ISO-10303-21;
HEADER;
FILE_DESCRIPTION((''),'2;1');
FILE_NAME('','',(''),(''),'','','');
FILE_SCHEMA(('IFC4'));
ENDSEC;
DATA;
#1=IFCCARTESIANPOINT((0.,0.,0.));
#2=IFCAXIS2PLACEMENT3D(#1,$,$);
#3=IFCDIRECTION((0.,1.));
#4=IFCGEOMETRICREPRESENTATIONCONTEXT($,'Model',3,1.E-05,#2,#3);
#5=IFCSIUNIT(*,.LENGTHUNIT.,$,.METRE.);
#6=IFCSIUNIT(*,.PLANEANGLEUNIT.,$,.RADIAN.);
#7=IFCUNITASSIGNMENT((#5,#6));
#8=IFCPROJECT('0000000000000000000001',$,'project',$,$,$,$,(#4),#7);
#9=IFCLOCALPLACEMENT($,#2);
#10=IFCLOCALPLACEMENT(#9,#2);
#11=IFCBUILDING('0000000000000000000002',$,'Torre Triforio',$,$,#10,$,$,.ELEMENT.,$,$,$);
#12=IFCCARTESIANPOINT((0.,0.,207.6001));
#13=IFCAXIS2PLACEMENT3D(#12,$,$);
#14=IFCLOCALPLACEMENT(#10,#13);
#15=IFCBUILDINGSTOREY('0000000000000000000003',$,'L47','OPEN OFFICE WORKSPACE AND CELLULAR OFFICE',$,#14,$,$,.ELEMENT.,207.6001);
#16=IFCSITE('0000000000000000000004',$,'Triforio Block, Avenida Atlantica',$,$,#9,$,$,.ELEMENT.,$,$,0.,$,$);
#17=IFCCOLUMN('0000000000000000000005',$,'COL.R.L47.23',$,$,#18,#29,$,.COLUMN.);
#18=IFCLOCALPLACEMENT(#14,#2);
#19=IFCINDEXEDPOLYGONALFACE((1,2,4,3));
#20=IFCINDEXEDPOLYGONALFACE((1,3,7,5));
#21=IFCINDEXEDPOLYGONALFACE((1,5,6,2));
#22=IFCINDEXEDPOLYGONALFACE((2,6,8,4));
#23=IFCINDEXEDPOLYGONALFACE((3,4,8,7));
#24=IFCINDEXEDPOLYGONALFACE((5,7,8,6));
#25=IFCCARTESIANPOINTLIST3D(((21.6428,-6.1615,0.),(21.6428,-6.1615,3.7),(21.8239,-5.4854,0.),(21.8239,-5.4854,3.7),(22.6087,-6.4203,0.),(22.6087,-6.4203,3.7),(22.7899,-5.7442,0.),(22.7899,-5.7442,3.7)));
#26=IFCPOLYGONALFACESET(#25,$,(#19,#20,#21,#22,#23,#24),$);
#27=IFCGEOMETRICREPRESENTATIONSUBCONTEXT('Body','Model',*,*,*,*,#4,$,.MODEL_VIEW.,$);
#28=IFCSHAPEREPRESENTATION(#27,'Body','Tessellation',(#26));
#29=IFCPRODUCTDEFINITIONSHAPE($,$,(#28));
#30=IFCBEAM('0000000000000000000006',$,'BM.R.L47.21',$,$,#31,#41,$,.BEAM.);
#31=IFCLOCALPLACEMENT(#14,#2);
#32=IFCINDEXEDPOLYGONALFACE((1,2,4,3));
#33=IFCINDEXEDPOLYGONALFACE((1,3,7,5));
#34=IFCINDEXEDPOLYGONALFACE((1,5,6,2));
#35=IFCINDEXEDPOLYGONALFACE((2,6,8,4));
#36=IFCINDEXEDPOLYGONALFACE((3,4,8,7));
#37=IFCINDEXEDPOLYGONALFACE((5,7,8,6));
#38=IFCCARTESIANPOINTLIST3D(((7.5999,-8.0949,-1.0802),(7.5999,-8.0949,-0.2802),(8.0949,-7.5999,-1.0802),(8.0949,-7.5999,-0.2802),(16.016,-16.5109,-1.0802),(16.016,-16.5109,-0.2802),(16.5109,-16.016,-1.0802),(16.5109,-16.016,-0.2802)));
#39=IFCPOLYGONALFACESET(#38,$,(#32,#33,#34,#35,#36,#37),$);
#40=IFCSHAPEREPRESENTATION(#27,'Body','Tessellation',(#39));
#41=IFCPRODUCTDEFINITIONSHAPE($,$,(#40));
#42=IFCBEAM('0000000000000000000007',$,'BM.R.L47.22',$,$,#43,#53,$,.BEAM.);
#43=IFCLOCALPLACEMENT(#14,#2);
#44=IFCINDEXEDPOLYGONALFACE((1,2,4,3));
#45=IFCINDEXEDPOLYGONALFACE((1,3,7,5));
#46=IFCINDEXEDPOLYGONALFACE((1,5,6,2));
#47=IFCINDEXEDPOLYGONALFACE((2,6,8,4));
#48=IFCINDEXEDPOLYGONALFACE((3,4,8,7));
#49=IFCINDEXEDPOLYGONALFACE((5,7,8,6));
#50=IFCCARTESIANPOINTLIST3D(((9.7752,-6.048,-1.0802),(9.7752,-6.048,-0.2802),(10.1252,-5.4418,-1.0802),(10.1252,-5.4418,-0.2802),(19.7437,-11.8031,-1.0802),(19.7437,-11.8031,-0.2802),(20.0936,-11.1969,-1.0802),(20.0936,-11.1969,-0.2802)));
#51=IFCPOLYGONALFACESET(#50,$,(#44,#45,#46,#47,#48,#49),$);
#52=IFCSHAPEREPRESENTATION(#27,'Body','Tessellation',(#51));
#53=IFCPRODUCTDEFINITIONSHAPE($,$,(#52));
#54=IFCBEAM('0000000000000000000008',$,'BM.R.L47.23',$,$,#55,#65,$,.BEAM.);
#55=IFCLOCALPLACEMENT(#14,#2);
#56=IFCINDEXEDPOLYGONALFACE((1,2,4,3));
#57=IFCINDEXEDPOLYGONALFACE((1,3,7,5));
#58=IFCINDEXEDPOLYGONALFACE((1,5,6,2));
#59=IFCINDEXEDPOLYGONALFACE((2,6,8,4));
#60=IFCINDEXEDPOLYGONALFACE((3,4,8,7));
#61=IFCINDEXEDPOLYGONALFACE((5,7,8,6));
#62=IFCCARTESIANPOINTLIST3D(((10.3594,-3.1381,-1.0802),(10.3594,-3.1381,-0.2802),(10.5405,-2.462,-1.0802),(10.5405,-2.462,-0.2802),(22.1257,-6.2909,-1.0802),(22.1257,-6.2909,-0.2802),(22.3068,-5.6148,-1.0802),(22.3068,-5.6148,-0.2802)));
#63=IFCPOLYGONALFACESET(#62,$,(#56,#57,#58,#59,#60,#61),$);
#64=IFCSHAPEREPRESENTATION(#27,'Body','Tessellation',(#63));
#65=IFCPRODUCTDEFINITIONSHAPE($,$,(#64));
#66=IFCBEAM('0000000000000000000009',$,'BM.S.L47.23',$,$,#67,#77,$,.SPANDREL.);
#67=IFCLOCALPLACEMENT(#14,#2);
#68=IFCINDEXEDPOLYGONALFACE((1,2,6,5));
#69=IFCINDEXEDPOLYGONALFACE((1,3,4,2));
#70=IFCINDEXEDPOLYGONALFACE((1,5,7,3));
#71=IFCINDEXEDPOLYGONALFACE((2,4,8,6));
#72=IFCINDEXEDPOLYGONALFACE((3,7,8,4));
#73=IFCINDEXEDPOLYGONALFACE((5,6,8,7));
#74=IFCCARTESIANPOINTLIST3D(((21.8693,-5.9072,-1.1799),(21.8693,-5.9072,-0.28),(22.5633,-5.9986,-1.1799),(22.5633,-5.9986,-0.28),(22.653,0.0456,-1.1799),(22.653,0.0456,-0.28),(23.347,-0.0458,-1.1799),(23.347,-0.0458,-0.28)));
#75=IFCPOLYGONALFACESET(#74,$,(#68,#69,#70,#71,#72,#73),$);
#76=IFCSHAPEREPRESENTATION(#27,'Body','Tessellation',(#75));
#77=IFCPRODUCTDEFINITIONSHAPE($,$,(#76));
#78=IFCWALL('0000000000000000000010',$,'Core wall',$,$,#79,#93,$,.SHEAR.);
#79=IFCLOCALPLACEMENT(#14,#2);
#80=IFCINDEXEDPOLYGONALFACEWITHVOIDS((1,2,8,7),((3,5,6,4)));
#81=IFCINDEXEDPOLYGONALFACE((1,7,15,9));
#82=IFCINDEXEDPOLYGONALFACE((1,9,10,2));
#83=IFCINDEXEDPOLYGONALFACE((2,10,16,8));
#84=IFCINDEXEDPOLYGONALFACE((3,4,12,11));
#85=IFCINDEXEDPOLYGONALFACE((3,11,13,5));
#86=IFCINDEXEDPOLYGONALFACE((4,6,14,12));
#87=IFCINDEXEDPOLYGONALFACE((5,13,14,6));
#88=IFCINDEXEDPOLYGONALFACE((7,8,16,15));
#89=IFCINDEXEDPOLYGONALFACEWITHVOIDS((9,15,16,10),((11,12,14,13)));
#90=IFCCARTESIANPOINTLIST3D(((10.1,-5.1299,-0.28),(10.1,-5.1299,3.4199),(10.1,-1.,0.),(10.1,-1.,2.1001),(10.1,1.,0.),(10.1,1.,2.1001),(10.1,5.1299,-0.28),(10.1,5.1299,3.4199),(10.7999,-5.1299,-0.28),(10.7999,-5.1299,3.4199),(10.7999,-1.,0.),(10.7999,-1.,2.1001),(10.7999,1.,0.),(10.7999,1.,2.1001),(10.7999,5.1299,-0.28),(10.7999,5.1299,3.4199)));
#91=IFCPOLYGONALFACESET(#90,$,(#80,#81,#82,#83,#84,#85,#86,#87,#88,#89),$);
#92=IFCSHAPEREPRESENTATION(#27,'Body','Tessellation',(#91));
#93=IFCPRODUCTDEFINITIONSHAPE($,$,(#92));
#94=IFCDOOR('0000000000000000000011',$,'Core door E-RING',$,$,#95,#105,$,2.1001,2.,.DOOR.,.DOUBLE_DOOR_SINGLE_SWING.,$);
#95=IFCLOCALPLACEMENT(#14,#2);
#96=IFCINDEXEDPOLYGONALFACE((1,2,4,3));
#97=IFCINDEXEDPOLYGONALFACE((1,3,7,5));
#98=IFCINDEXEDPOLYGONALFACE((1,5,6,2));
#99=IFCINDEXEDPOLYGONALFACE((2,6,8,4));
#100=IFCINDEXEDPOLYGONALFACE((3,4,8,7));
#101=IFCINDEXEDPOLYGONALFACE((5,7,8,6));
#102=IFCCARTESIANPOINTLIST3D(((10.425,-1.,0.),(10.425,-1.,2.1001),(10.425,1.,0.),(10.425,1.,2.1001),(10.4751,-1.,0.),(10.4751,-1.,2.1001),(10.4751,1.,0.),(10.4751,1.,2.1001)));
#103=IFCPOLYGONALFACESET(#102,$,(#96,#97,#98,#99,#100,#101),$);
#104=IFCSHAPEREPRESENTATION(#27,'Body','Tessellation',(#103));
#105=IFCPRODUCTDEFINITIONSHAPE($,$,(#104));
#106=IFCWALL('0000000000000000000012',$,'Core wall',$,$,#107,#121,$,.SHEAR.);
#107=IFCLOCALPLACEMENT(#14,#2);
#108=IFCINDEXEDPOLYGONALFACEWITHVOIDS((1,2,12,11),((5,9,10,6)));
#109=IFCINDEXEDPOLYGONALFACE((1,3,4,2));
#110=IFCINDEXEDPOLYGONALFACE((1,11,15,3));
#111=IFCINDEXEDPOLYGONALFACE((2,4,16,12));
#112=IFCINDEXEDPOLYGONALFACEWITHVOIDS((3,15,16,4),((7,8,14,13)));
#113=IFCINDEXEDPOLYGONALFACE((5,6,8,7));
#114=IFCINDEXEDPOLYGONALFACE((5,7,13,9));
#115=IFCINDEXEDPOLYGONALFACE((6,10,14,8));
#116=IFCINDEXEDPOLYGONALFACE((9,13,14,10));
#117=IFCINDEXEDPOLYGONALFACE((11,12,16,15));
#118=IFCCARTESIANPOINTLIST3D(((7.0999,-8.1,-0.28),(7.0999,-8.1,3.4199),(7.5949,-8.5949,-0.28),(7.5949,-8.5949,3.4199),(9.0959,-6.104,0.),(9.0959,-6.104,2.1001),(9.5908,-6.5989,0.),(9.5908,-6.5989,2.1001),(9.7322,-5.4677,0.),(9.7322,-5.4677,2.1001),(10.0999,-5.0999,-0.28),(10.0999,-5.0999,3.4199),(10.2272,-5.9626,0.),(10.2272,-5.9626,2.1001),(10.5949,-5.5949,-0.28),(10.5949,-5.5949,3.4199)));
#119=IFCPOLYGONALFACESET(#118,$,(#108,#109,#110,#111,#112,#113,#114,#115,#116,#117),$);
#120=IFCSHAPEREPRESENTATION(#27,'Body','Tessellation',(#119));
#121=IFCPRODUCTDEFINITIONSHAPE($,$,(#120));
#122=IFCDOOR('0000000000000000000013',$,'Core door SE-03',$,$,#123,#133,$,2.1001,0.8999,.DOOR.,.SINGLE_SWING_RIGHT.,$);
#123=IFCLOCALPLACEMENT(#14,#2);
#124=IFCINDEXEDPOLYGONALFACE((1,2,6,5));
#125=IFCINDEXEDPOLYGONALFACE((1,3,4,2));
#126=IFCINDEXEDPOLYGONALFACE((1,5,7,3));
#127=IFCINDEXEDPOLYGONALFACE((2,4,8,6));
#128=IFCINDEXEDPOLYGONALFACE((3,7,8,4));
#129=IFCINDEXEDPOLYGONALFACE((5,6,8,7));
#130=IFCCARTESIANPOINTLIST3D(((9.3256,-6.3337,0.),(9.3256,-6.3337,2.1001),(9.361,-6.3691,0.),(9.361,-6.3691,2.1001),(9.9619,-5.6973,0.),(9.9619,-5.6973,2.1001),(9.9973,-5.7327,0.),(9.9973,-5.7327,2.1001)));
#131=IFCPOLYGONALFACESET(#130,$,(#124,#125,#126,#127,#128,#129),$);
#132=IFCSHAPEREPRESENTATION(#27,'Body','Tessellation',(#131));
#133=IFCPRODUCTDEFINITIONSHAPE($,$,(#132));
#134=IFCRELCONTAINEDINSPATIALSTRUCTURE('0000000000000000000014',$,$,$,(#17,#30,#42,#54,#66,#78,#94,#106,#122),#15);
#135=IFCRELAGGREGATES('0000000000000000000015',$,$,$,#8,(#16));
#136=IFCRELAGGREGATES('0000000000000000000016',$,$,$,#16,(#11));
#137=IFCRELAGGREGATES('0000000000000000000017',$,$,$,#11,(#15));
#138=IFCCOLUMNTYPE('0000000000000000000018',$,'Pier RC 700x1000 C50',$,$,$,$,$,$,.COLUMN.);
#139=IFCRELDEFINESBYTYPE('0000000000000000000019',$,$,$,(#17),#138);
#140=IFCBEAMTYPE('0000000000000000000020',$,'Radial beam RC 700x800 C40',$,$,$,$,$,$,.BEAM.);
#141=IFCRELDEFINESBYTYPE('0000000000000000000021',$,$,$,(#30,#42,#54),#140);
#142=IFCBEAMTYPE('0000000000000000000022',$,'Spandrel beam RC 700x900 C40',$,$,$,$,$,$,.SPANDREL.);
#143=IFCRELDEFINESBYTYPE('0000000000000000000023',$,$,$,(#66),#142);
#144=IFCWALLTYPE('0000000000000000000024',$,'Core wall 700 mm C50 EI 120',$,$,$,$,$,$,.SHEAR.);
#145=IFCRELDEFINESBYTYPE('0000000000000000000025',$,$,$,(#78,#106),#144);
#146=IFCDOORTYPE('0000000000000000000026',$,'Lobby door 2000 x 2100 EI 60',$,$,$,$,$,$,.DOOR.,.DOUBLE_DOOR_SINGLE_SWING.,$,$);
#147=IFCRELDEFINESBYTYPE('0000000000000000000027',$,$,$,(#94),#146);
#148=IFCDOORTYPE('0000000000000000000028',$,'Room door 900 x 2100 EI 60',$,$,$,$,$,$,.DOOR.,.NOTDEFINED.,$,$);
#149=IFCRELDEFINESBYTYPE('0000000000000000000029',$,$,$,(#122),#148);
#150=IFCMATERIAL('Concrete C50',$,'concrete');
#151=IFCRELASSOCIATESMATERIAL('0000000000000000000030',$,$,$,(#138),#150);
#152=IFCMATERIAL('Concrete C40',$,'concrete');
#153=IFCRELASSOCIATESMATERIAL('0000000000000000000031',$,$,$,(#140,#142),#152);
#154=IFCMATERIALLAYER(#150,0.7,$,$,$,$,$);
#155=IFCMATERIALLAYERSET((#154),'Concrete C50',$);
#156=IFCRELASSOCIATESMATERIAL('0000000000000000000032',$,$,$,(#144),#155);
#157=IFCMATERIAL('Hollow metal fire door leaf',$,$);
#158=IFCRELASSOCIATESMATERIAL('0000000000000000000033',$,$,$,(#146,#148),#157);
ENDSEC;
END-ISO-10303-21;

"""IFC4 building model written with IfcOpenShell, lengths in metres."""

from ifc_helpers import new_model, si_unit, direction, frame, frame_2d, origin, origin_2d, place, context, subcontext, project, spatial, rectangle, extrude, material, layer, layer_set, material_profile, profile_set, type_object, element, fill, save


model = new_model("IFC4")

# Units and contexts
model_context = context("Model", 3, precision=1e-05, world=origin(), true_north=direction((0.0, 1.0)))
body_context = subcontext(model_context, "Body", "Model", "MODEL_VIEW")
ifc_project = project(units=[si_unit("LENGTHUNIT", "METRE"), si_unit("PLANEANGLEUNIT", "RADIAN")], contexts=[model_context])

# Site, building, storey
site_placement = place(None, origin())
site = spatial("IfcSite", under=ifc_project, at=site_placement, Name="Triforio Block, Avenida Atlantica", CompositionType="ELEMENT", RefElevation=0.0)
building_placement = place(site_placement, origin())
building = spatial("IfcBuilding", under=site, at=building_placement, Name="Torre Triforio", CompositionType="ELEMENT")
storey_placement = place(building_placement, frame((0.0, 0.0, 207.6001)))
storey = spatial("IfcBuildingStorey", under=building, at=storey_placement, Name="L47", Description="OPEN OFFICE WORKSPACE AND CELLULAR OFFICE", CompositionType="ELEMENT", Elevation=207.6001)

# Column
ifc_material_1 = material(Name="Concrete C50", Category="concrete")
ifc_material_profile_1 = material_profile(ifc_material_1, rectangle(XDim=0.7, YDim=1.0, at=origin_2d()), Name="RC 700x1000")
ifc_profile_set_1 = profile_set([ifc_material_profile_1], Name="Concrete C50")
column_type = type_object("IfcColumnType", Name="Pier RC 700x1000 C50", PredefinedType="COLUMN", material=ifc_profile_set_1)
column_placement = place(storey_placement, frame((22.2163, -5.9529, 0.0), z_axis=(0.0, 0.0, 1.0), x_axis=(0.258819, 0.965926, 0.0)))
element("IfcColumn", 1, at=column_placement, inside=storey, type_object=column_type, Name="COL.R.L47.23", PredefinedType="COLUMN", context=body_context, shape_type="SweptSolid", body=[
    extrude(rectangle(XDim=0.7, YDim=1.0, at=origin_2d()), origin(), (0.0, 0.0, 1.0), 3.7),
])

# Beams
ifc_material_2 = material(Name="Concrete C40", Category="concrete")
ifc_material_profile_2 = material_profile(ifc_material_2, rectangle(XDim=0.7, YDim=0.8, at=origin_2d()), Name="RC 700x800")
ifc_profile_set_2 = profile_set([ifc_material_profile_2], Name="Concrete C40")
beam_type_1 = type_object("IfcBeamType", Name="Radial beam RC 700x800 C40", PredefinedType="BEAM", material=ifc_profile_set_2)
beam_1_placement = place(storey_placement, frame((7.8474, -7.8474, -0.6802), z_axis=(0.707107, -0.707107, 0.0), x_axis=(0.707107, 0.707107, 0.0)))
element("IfcBeam", 2, at=beam_1_placement, inside=storey, type_object=beam_type_1, Name="BM.R.L47.21", PredefinedType="BEAM", context=body_context, shape_type="SweptSolid", body=[
    extrude(rectangle(XDim=0.7, YDim=0.8, at=origin_2d()), origin(), (0.0, 0.0, 1.0), 11.9021),
])
beam_2_placement = place(storey_placement, frame((9.9502, -5.7449, -0.6802), z_axis=(0.866033, -0.499987, 0.0), x_axis=(0.499987, 0.866033, 0.0)))
element("IfcBeam", 3, at=beam_2_placement, inside=storey, type_object=beam_type_1, Name="BM.R.L47.22", PredefinedType="BEAM", context=body_context, shape_type="SweptSolid", body=[
    extrude(rectangle(XDim=0.7, YDim=0.8, at=origin_2d()), origin(), (0.0, 0.0, 1.0), 11.5105),
])
beam_3_placement = place(storey_placement, frame((10.45, -2.8, -0.6802), z_axis=(0.965925, -0.258823, 0.0), x_axis=(0.258823, 0.965925, 0.0)))
element("IfcBeam", 4, at=beam_3_placement, inside=storey, type_object=beam_type_1, Name="BM.R.L47.23", PredefinedType="BEAM", context=body_context, shape_type="SweptSolid", body=[
    extrude(rectangle(XDim=0.7, YDim=0.8, at=origin_2d()), origin(), (0.0, 0.0, 1.0), 12.1814),
])
ifc_material_profile_3 = material_profile(ifc_material_2, rectangle(XDim=0.7, YDim=0.8999, at=origin_2d()), Name="RC 700x900")
ifc_profile_set_3 = profile_set([ifc_material_profile_3], Name="Concrete C40")
beam_type_2 = type_object("IfcBeamType", Name="Spandrel beam RC 700x900 C40", PredefinedType="SPANDREL", material=ifc_profile_set_3)
beam_4_placement = place(storey_placement, frame((22.2163, -5.9529, -0.73), z_axis=(0.130523, 0.991445, 0.0), x_axis=(-0.991445, 0.130523, 0.0)))
element("IfcBeam", 5, at=beam_4_placement, inside=storey, type_object=beam_type_2, Name="BM.S.L47.23", PredefinedType="SPANDREL", context=body_context, shape_type="SweptSolid", body=[
    extrude(rectangle(XDim=0.7, YDim=0.8999, at=origin_2d()), origin(), (0.0, 0.0, 1.0), 6.0042),
])

# Walls, openings, doors
ifc_layer_1 = layer(ifc_material_1, 0.7)
ifc_layer_set_1 = layer_set([ifc_layer_1], Name="Concrete C50")
wall_type_1 = type_object("IfcWallType", Name="Core wall 700 mm C50 EI 120", PredefinedType="SHEAR", material=ifc_layer_set_1)
wall_1_placement = place(storey_placement, frame((10.45, -5.1299, -0.28), z_axis=(0.0, 0.0, 1.0), x_axis=(0.0, 1.0, 0.0)))
wall_1 = element("IfcWall", 6, at=wall_1_placement, inside=storey, type_object=wall_type_1, Name="Core wall", PredefinedType="SHEAR", context=body_context, shape_type="SweptSolid", body=[
    extrude(rectangle(XDim=10.2598, YDim=0.7, at=frame_2d((5.1299, 0.0))), origin(), (0.0, 0.0, 1.0), 3.7),
])
opening_1_placement = place(wall_1_placement, frame((4.1299, 0.0, 0.28)))
opening_1 = element("IfcOpeningElement", 7, at=opening_1_placement, cuts=wall_1, PredefinedType="OPENING", context=body_context, shape_type="SweptSolid", body=[
    extrude(rectangle(XDim=2.0, YDim=2.1001, at=frame_2d((1.0, 1.05))), frame((0.0, 0.3599, 0.0), z_axis=(0.0, -1.0, 0.0), x_axis=(1.0, 0.0, 0.0)), (0.0, 0.0, 1.0), 0.72),
])
ifc_material_3 = material(Name="Hollow metal fire door leaf")
door_type_1 = type_object("IfcDoorType", Name="Lobby door 2000 x 2100 EI 60", OperationType="DOUBLE_DOOR_SINGLE_SWING", PredefinedType="DOOR", material=ifc_material_3)
door_1_placement = place(opening_1_placement, origin())
door_1 = element("IfcDoor", 8, at=door_1_placement, inside=storey, type_object=door_type_1, Name="Core door E-RING", OperationType="DOUBLE_DOOR_SINGLE_SWING", OverallHeight=2.1001, OverallWidth=2.0, PredefinedType="DOOR", context=body_context, shape_type="SweptSolid", body=[
    extrude(rectangle(XDim=2.0, YDim=2.1001, at=frame_2d((1.0, 1.05))), frame((0.0, 0.0249, 0.0), z_axis=(0.0, -1.0, 0.0), x_axis=(1.0, 0.0, 0.0)), (0.0, 0.0, 1.0), 0.05),
])
fill(opening_1, door_1)
wall_2_placement = place(storey_placement, frame((10.3474, -5.3474, -0.28), z_axis=(0.0, 0.0, 1.0), x_axis=(-0.707107, -0.707107, 0.0)))
wall_2 = element("IfcWall", 9, at=wall_2_placement, inside=storey, type_object=wall_type_1, Name="Core wall", PredefinedType="SHEAR", context=body_context, shape_type="SweptSolid", body=[
    extrude(rectangle(XDim=4.2427, YDim=0.7, at=frame_2d((2.1213, 0.0))), origin(), (0.0, 0.0, 1.0), 3.7),
])
opening_2_placement = place(wall_2_placement, frame((0.52, 0.0, 0.28)))
opening_2 = element("IfcOpeningElement", 10, at=opening_2_placement, cuts=wall_2, PredefinedType="OPENING", context=body_context, shape_type="SweptSolid", body=[
    extrude(rectangle(XDim=0.8999, YDim=2.1001, at=frame_2d((0.45, 1.05))), frame((0.0, 0.3599, 0.0), z_axis=(0.0, -1.0, 0.0), x_axis=(1.0, 0.0, 0.0)), (0.0, 0.0, 1.0), 0.72),
])
door_type_2 = type_object("IfcDoorType", Name="Room door 900 x 2100 EI 60", OperationType="NOTDEFINED", PredefinedType="DOOR", material=ifc_material_3)
door_2_placement = place(opening_2_placement, origin())
door_2 = element("IfcDoor", 11, at=door_2_placement, inside=storey, type_object=door_type_2, Name="Core door SE-03", OperationType="SINGLE_SWING_RIGHT", OverallHeight=2.1001, OverallWidth=0.8999, PredefinedType="DOOR", context=body_context, shape_type="SweptSolid", body=[
    extrude(rectangle(XDim=0.8999, YDim=2.1001, at=frame_2d((0.45, 1.05))), frame((0.0, 0.0249, 0.0), z_axis=(0.0, -1.0, 0.0), x_axis=(1.0, 0.0, 0.0)), (0.0, 0.0, 1.0), 0.05),
])
fill(opening_2, door_2)

save(model, "model.ifc")
